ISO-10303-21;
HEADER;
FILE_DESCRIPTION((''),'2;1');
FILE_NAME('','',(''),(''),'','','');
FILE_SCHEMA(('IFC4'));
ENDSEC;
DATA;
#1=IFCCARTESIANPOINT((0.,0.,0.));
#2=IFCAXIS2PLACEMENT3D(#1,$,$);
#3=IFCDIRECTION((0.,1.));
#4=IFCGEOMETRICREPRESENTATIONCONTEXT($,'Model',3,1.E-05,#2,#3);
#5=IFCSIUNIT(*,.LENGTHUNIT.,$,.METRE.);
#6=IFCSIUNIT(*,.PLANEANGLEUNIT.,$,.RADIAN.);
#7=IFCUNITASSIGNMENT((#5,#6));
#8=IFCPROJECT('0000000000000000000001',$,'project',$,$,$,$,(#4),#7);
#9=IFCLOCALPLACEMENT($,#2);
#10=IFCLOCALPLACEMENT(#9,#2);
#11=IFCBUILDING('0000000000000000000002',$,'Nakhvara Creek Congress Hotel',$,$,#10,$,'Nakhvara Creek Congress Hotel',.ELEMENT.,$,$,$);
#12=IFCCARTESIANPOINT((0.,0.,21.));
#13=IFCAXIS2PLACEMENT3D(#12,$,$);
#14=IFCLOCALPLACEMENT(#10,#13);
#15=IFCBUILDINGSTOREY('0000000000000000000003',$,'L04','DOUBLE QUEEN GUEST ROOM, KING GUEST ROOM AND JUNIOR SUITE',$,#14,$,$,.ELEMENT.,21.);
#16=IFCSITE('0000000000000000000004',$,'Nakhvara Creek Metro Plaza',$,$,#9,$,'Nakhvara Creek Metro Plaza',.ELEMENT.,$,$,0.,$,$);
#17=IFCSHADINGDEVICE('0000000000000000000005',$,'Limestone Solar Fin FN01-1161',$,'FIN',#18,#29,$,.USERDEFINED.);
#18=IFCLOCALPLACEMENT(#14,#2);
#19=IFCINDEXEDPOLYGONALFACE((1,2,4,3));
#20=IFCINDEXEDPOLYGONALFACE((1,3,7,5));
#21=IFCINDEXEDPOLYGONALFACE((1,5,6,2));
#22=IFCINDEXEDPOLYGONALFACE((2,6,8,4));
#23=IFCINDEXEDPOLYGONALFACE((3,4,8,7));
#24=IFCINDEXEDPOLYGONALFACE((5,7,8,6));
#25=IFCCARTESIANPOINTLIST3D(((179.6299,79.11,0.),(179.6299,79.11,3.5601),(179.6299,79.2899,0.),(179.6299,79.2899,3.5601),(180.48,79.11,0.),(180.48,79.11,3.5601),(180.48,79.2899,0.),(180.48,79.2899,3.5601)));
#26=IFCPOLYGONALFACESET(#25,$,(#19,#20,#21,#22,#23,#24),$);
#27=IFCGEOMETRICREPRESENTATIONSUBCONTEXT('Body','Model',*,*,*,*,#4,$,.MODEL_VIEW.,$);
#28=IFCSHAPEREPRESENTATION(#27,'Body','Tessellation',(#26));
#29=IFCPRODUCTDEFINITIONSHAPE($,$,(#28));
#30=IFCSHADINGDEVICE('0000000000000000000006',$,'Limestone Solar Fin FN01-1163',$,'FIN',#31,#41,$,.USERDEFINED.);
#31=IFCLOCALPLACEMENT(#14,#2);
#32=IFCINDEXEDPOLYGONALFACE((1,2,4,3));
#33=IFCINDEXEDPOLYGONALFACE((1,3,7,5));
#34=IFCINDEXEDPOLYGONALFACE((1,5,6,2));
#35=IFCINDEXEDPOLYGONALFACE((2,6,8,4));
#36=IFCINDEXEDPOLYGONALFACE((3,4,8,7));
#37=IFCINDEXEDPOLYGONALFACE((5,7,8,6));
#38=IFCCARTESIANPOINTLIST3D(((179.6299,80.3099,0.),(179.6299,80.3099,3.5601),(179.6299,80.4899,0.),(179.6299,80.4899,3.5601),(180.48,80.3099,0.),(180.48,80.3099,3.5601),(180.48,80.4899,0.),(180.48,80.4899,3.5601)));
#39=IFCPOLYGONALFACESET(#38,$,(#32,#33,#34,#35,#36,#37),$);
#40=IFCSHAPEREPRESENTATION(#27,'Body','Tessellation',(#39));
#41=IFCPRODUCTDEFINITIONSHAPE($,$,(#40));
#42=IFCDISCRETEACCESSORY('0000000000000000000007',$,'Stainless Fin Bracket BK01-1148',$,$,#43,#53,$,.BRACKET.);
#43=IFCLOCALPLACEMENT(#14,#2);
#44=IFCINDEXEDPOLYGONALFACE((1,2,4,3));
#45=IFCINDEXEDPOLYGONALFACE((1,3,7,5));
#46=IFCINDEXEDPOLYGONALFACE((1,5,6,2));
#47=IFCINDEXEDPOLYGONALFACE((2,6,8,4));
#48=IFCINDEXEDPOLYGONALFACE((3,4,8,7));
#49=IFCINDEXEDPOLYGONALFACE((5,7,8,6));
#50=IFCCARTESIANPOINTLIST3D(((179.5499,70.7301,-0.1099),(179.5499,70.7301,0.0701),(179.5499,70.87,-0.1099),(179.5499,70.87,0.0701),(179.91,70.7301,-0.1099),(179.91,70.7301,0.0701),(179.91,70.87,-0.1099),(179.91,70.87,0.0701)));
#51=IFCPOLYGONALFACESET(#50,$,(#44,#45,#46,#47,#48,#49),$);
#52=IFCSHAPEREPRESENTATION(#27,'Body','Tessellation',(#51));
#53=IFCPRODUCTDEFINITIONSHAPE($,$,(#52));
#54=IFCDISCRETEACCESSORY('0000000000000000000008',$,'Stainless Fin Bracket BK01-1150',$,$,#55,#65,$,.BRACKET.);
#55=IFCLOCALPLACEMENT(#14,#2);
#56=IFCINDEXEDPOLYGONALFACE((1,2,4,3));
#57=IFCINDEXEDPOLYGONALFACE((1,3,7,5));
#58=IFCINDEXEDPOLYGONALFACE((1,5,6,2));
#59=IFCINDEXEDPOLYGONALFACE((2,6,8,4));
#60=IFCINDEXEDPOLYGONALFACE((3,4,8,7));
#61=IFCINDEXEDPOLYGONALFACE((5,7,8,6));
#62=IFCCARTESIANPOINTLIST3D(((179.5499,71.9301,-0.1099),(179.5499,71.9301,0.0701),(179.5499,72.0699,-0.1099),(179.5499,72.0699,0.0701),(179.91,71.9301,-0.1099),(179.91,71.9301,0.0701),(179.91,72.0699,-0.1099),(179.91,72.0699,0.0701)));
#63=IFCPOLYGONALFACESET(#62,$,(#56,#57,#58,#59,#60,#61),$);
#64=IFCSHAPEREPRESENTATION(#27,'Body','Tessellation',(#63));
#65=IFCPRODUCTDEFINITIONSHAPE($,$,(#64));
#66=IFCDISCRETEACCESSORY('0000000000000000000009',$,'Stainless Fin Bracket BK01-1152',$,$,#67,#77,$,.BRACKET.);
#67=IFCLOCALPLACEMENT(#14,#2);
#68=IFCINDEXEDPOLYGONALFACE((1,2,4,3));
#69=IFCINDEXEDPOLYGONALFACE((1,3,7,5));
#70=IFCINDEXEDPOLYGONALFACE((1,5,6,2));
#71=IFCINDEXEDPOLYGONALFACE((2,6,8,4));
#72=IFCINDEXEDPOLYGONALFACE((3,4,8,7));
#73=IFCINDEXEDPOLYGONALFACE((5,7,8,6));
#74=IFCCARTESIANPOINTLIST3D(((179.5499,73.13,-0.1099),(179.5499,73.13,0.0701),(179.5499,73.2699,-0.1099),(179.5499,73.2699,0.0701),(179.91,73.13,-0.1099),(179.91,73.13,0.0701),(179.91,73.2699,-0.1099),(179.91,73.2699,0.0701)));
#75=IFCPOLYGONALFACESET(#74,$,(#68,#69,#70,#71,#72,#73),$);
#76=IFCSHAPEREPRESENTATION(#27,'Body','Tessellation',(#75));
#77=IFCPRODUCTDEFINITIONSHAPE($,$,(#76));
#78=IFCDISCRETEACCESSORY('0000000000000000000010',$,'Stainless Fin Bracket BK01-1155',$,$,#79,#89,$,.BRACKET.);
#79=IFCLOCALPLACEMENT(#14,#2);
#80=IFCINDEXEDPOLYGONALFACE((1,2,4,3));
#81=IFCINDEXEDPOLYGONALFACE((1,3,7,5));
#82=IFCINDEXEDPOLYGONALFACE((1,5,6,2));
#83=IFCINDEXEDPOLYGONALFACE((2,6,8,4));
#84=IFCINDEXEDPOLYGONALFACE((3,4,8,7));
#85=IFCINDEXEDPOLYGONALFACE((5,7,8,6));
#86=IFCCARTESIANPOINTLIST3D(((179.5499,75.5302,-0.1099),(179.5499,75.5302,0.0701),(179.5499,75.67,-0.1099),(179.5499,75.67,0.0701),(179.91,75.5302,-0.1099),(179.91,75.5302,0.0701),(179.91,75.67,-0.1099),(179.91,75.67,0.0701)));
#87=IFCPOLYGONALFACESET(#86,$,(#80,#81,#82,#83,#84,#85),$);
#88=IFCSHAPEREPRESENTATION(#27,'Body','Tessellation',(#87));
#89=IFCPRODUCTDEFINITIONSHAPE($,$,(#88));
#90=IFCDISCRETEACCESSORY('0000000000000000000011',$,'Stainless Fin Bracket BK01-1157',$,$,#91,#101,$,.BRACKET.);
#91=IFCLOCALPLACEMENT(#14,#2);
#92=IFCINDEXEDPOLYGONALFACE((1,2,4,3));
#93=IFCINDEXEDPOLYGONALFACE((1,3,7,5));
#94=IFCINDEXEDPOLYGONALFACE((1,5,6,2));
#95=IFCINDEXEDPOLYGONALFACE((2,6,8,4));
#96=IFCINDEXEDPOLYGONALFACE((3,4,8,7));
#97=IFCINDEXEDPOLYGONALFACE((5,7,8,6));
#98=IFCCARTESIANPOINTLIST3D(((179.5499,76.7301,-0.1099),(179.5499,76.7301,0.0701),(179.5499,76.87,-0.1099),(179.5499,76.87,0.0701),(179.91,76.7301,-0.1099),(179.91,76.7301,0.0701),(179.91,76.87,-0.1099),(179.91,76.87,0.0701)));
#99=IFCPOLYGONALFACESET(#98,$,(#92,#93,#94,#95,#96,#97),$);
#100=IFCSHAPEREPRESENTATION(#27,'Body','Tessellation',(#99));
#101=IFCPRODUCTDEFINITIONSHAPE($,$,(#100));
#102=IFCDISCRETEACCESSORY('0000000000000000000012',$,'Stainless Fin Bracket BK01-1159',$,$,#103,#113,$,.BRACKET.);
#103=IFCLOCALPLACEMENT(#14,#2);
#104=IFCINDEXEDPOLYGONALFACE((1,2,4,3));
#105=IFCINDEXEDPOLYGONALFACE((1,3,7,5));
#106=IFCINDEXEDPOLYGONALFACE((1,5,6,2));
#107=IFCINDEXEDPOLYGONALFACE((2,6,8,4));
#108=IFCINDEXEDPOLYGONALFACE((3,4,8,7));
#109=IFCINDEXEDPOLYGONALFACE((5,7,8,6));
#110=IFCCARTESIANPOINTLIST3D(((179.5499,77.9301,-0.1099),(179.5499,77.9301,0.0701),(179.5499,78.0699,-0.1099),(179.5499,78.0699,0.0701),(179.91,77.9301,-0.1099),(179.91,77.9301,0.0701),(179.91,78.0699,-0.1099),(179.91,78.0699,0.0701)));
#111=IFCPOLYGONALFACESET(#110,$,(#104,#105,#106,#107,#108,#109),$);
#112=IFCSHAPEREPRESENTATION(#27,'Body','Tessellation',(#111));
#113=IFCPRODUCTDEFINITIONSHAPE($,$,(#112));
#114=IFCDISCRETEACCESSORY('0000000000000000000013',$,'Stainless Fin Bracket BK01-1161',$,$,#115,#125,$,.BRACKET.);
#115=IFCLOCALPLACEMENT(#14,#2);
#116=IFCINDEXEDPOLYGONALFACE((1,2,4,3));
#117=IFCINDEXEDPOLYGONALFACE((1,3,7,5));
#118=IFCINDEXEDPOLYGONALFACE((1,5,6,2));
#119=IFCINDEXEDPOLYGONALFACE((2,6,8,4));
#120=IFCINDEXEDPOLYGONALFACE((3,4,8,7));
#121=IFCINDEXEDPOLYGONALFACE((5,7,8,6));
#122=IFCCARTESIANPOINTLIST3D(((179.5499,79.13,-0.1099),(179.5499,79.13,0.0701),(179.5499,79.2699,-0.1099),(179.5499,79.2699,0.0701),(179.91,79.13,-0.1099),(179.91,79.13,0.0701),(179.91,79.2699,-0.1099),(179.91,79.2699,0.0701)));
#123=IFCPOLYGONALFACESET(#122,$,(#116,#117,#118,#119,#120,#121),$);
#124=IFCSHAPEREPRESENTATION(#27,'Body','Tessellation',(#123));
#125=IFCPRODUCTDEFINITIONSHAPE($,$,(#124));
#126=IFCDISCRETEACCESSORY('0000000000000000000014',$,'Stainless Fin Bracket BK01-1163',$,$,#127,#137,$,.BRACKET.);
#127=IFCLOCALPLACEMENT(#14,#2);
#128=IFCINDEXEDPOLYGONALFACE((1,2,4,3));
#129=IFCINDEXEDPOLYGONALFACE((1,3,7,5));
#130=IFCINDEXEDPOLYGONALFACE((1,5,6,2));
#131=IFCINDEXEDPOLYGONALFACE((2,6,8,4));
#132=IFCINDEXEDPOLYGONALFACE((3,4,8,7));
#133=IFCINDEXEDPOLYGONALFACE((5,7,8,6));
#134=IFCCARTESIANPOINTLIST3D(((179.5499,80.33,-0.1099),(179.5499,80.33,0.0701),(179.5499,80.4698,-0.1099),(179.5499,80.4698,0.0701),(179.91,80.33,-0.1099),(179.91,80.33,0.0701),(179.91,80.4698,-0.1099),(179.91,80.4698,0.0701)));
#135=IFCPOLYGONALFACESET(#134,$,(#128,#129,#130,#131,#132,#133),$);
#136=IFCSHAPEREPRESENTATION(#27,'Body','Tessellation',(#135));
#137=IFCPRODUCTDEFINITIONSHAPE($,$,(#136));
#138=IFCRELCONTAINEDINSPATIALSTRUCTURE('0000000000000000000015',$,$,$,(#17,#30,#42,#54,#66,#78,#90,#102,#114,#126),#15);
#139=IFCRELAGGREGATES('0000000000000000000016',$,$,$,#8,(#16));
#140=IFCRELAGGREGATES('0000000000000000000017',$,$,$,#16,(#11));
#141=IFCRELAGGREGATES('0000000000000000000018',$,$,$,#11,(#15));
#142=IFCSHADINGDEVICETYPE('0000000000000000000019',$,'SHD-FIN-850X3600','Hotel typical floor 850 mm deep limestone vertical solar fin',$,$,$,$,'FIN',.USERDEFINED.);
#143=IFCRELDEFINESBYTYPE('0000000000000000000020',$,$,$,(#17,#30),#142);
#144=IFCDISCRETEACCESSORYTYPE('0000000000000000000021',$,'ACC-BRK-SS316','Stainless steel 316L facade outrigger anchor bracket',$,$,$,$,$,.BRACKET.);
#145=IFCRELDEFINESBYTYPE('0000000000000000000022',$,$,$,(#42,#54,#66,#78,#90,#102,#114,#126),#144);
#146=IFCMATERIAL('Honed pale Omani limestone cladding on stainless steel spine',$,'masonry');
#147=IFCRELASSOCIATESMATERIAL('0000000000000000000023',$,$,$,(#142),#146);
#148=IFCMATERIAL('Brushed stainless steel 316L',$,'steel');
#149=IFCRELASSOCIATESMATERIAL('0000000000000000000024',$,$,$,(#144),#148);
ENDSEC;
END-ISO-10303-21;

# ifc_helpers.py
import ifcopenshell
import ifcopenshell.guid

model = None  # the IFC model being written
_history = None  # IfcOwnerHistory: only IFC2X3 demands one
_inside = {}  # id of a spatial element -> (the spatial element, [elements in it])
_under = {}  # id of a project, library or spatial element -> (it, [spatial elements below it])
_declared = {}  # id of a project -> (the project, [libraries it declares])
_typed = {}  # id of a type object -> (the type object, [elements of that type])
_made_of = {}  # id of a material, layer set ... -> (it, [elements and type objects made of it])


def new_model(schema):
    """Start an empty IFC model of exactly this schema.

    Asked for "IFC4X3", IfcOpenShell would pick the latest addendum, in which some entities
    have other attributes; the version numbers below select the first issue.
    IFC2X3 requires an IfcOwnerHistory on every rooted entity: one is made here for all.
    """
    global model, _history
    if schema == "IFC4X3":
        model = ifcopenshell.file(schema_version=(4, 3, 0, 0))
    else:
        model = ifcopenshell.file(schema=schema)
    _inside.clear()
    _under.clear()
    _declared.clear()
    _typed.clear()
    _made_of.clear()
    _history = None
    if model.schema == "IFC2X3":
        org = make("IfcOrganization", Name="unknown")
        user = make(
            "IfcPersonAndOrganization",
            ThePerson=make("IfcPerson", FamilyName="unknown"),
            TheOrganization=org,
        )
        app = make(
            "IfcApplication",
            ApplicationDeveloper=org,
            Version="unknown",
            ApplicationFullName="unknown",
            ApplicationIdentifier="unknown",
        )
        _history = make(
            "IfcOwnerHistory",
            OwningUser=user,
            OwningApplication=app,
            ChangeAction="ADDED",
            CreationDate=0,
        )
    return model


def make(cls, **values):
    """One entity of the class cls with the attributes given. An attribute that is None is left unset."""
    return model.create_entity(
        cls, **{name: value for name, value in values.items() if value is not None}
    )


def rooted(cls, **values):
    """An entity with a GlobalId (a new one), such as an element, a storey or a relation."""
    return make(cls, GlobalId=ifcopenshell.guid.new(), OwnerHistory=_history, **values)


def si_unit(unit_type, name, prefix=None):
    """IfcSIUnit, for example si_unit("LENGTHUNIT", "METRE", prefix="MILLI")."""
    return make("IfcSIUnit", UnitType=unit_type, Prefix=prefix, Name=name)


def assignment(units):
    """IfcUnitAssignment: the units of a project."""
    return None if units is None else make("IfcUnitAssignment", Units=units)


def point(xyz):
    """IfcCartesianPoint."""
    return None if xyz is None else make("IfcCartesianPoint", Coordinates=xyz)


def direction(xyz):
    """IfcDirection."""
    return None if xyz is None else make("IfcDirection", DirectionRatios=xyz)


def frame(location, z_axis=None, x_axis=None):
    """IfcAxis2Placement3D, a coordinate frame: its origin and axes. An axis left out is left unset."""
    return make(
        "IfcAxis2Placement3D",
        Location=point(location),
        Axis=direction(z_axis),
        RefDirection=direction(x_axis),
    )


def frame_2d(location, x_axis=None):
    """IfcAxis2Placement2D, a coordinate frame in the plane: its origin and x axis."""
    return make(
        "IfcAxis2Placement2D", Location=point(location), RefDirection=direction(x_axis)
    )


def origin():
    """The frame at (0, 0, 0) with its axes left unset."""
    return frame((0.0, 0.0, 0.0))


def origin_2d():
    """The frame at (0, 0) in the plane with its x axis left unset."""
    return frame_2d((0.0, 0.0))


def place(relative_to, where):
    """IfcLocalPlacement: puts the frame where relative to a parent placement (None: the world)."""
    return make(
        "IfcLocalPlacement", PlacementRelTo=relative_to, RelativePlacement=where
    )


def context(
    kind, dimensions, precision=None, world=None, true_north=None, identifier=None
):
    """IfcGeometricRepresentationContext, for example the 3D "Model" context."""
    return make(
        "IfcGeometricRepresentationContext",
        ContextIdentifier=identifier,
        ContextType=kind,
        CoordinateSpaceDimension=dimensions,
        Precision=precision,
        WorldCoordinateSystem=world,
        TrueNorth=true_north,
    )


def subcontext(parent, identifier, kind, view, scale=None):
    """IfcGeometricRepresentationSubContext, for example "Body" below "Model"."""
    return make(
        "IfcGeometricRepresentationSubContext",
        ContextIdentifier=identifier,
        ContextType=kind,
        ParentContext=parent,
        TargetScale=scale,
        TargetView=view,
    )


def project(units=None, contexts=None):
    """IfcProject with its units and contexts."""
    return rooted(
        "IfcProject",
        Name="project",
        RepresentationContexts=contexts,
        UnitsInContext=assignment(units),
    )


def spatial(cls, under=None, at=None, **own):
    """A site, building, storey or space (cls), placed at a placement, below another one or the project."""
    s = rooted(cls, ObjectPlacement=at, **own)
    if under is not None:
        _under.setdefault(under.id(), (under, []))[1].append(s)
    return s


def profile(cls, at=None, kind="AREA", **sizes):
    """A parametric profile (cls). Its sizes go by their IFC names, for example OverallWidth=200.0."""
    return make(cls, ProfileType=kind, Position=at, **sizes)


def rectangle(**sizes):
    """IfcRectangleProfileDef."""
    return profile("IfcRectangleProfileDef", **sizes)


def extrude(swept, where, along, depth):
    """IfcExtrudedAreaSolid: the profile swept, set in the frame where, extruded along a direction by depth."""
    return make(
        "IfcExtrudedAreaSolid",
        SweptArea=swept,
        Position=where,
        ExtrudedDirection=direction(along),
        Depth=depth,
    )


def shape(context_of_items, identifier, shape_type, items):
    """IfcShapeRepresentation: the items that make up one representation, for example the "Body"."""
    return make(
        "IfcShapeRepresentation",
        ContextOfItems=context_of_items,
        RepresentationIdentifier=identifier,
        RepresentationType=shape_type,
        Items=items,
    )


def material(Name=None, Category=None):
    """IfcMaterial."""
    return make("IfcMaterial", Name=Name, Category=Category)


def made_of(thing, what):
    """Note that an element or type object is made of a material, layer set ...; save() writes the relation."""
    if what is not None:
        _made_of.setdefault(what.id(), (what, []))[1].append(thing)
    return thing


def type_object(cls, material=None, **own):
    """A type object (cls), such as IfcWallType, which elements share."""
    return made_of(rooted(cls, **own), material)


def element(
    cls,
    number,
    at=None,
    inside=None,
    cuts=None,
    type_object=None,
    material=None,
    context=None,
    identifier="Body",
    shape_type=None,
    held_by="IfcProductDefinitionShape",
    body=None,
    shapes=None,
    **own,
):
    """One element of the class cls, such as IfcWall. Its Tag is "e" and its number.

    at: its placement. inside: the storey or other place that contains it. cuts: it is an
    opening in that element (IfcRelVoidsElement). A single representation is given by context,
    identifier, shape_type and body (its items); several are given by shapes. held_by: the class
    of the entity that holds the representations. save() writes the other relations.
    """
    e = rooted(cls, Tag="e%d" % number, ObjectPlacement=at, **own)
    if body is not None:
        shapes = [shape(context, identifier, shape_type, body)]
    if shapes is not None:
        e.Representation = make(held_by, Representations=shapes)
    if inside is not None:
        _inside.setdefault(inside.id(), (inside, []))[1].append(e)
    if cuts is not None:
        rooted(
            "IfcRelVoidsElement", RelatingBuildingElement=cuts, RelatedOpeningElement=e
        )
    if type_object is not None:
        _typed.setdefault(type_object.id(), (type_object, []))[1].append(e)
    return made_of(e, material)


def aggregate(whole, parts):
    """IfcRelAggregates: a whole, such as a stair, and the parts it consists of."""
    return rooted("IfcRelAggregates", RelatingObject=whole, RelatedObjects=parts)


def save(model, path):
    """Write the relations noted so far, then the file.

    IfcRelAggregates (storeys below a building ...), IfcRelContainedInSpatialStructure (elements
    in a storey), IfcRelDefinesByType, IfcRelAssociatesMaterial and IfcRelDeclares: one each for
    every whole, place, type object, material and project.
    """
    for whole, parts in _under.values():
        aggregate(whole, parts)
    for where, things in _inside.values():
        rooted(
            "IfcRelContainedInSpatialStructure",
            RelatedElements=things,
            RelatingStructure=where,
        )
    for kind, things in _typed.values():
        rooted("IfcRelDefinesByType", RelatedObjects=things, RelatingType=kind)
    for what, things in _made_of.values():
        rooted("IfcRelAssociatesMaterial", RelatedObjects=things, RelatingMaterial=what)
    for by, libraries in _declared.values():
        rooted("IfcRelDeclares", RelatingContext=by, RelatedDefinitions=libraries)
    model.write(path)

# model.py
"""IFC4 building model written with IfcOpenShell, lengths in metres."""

from ifc_helpers import new_model, si_unit, direction, frame, origin, origin_2d, place, context, subcontext, project, spatial, rectangle, extrude, material, type_object, element, save


model = new_model("IFC4")

# Units and contexts
model_context = context("Model", 3, precision=1e-05, world=origin(), true_north=direction((0.0, 1.0)))
body_context = subcontext(model_context, "Body", "Model", "MODEL_VIEW")
ifc_project = project(units=[si_unit("LENGTHUNIT", "METRE"), si_unit("PLANEANGLEUNIT", "RADIAN")], contexts=[model_context])

# Site, building, storey
site_placement = place(None, origin())
site = spatial("IfcSite", under=ifc_project, at=site_placement, Name="Nakhvara Creek Metro Plaza", LongName="Nakhvara Creek Metro Plaza", CompositionType="ELEMENT", RefElevation=0.0)
building_placement = place(site_placement, origin())
building = spatial("IfcBuilding", under=site, at=building_placement, Name="Nakhvara Creek Congress Hotel", LongName="Nakhvara Creek Congress Hotel", CompositionType="ELEMENT")
storey_placement = place(building_placement, frame((0.0, 0.0, 21.0)))
storey = spatial("IfcBuildingStorey", under=building, at=storey_placement, Name="L04", Description="DOUBLE QUEEN GUEST ROOM, KING GUEST ROOM AND JUNIOR SUITE", CompositionType="ELEMENT", Elevation=21.0)

# Shading devices
ifc_material_1 = material(Name="Honed pale Omani limestone cladding on stainless steel spine", Category="masonry")
shading_device_type = type_object("IfcShadingDeviceType", Name="SHD-FIN-850X3600", Description="Hotel typical floor 850 mm deep limestone vertical solar fin", ElementType="FIN", PredefinedType="USERDEFINED", material=ifc_material_1)
for number, where, z_axis, x_axis, name in (
    (1, (180.0549, 79.2, 0.0), (0.0, 0.0, 1.0), (0.0, 1.0, 0.0), "Limestone Solar Fin FN01-1161"),
    (2, (180.0549, 80.3999, 0.0), (0.0, 0.0, 1.0), (0.0, 1.0, 0.0), "Limestone Solar Fin FN01-1163"),
):
    element("IfcShadingDevice", number, at=place(storey_placement, frame(where, z_axis=z_axis, x_axis=x_axis)), inside=storey, type_object=shading_device_type, Name=name, ObjectType="FIN", PredefinedType="USERDEFINED", context=body_context, shape_type="SweptSolid", body=[
        extrude(rectangle(XDim=0.1799, YDim=0.8501, at=origin_2d()), origin(), (0.0, 0.0, 1.0), 3.5601),
    ])

# Discrete accessories
ifc_material_2 = material(Name="Brushed stainless steel 316L", Category="steel")
discrete_accessory_type = type_object("IfcDiscreteAccessoryType", Name="ACC-BRK-SS316", Description="Stainless steel 316L facade outrigger anchor bracket", PredefinedType="BRACKET", material=ifc_material_2)
for number, where, z_axis, x_axis, name in (
    (3, (179.73, 70.8, -0.1099), (0.0, 0.0, 1.0), (0.0, 1.0, 0.0), "Stainless Fin Bracket BK01-1148"),
    (4, (179.73, 72.0, -0.1099), (0.0, 0.0, 1.0), (0.0, 1.0, 0.0), "Stainless Fin Bracket BK01-1150"),
    (5, (179.73, 73.2, -0.1099), (0.0, 0.0, 1.0), (0.0, 1.0, 0.0), "Stainless Fin Bracket BK01-1152"),
    (6, (179.73, 75.6001, -0.1099), (0.0, 0.0, 1.0), (0.0, 1.0, 0.0), "Stainless Fin Bracket BK01-1155"),
    (7, (179.73, 76.8, -0.1099), (0.0, 0.0, 1.0), (0.0, 1.0, 0.0), "Stainless Fin Bracket BK01-1157"),
    (8, (179.73, 78.0, -0.1099), (0.0, 0.0, 1.0), (0.0, 1.0, 0.0), "Stainless Fin Bracket BK01-1159"),
    (9, (179.73, 79.2, -0.1099), (0.0, 0.0, 1.0), (0.0, 1.0, 0.0), "Stainless Fin Bracket BK01-1161"),
    (10, (179.73, 80.3999, -0.1099), (0.0, 0.0, 1.0), (0.0, 1.0, 0.0), "Stainless Fin Bracket BK01-1163"),
):
    element("IfcDiscreteAccessory", number, at=place(storey_placement, frame(where, z_axis=z_axis, x_axis=x_axis)), inside=storey, type_object=discrete_accessory_type, Name=name, PredefinedType="BRACKET", context=body_context, shape_type="SweptSolid", body=[
        extrude(rectangle(XDim=0.1399, YDim=0.3601, at=origin_2d()), origin(), (0.0, 0.0, 1.0), 0.1799),
    ])

save(model, "model.ifc")
